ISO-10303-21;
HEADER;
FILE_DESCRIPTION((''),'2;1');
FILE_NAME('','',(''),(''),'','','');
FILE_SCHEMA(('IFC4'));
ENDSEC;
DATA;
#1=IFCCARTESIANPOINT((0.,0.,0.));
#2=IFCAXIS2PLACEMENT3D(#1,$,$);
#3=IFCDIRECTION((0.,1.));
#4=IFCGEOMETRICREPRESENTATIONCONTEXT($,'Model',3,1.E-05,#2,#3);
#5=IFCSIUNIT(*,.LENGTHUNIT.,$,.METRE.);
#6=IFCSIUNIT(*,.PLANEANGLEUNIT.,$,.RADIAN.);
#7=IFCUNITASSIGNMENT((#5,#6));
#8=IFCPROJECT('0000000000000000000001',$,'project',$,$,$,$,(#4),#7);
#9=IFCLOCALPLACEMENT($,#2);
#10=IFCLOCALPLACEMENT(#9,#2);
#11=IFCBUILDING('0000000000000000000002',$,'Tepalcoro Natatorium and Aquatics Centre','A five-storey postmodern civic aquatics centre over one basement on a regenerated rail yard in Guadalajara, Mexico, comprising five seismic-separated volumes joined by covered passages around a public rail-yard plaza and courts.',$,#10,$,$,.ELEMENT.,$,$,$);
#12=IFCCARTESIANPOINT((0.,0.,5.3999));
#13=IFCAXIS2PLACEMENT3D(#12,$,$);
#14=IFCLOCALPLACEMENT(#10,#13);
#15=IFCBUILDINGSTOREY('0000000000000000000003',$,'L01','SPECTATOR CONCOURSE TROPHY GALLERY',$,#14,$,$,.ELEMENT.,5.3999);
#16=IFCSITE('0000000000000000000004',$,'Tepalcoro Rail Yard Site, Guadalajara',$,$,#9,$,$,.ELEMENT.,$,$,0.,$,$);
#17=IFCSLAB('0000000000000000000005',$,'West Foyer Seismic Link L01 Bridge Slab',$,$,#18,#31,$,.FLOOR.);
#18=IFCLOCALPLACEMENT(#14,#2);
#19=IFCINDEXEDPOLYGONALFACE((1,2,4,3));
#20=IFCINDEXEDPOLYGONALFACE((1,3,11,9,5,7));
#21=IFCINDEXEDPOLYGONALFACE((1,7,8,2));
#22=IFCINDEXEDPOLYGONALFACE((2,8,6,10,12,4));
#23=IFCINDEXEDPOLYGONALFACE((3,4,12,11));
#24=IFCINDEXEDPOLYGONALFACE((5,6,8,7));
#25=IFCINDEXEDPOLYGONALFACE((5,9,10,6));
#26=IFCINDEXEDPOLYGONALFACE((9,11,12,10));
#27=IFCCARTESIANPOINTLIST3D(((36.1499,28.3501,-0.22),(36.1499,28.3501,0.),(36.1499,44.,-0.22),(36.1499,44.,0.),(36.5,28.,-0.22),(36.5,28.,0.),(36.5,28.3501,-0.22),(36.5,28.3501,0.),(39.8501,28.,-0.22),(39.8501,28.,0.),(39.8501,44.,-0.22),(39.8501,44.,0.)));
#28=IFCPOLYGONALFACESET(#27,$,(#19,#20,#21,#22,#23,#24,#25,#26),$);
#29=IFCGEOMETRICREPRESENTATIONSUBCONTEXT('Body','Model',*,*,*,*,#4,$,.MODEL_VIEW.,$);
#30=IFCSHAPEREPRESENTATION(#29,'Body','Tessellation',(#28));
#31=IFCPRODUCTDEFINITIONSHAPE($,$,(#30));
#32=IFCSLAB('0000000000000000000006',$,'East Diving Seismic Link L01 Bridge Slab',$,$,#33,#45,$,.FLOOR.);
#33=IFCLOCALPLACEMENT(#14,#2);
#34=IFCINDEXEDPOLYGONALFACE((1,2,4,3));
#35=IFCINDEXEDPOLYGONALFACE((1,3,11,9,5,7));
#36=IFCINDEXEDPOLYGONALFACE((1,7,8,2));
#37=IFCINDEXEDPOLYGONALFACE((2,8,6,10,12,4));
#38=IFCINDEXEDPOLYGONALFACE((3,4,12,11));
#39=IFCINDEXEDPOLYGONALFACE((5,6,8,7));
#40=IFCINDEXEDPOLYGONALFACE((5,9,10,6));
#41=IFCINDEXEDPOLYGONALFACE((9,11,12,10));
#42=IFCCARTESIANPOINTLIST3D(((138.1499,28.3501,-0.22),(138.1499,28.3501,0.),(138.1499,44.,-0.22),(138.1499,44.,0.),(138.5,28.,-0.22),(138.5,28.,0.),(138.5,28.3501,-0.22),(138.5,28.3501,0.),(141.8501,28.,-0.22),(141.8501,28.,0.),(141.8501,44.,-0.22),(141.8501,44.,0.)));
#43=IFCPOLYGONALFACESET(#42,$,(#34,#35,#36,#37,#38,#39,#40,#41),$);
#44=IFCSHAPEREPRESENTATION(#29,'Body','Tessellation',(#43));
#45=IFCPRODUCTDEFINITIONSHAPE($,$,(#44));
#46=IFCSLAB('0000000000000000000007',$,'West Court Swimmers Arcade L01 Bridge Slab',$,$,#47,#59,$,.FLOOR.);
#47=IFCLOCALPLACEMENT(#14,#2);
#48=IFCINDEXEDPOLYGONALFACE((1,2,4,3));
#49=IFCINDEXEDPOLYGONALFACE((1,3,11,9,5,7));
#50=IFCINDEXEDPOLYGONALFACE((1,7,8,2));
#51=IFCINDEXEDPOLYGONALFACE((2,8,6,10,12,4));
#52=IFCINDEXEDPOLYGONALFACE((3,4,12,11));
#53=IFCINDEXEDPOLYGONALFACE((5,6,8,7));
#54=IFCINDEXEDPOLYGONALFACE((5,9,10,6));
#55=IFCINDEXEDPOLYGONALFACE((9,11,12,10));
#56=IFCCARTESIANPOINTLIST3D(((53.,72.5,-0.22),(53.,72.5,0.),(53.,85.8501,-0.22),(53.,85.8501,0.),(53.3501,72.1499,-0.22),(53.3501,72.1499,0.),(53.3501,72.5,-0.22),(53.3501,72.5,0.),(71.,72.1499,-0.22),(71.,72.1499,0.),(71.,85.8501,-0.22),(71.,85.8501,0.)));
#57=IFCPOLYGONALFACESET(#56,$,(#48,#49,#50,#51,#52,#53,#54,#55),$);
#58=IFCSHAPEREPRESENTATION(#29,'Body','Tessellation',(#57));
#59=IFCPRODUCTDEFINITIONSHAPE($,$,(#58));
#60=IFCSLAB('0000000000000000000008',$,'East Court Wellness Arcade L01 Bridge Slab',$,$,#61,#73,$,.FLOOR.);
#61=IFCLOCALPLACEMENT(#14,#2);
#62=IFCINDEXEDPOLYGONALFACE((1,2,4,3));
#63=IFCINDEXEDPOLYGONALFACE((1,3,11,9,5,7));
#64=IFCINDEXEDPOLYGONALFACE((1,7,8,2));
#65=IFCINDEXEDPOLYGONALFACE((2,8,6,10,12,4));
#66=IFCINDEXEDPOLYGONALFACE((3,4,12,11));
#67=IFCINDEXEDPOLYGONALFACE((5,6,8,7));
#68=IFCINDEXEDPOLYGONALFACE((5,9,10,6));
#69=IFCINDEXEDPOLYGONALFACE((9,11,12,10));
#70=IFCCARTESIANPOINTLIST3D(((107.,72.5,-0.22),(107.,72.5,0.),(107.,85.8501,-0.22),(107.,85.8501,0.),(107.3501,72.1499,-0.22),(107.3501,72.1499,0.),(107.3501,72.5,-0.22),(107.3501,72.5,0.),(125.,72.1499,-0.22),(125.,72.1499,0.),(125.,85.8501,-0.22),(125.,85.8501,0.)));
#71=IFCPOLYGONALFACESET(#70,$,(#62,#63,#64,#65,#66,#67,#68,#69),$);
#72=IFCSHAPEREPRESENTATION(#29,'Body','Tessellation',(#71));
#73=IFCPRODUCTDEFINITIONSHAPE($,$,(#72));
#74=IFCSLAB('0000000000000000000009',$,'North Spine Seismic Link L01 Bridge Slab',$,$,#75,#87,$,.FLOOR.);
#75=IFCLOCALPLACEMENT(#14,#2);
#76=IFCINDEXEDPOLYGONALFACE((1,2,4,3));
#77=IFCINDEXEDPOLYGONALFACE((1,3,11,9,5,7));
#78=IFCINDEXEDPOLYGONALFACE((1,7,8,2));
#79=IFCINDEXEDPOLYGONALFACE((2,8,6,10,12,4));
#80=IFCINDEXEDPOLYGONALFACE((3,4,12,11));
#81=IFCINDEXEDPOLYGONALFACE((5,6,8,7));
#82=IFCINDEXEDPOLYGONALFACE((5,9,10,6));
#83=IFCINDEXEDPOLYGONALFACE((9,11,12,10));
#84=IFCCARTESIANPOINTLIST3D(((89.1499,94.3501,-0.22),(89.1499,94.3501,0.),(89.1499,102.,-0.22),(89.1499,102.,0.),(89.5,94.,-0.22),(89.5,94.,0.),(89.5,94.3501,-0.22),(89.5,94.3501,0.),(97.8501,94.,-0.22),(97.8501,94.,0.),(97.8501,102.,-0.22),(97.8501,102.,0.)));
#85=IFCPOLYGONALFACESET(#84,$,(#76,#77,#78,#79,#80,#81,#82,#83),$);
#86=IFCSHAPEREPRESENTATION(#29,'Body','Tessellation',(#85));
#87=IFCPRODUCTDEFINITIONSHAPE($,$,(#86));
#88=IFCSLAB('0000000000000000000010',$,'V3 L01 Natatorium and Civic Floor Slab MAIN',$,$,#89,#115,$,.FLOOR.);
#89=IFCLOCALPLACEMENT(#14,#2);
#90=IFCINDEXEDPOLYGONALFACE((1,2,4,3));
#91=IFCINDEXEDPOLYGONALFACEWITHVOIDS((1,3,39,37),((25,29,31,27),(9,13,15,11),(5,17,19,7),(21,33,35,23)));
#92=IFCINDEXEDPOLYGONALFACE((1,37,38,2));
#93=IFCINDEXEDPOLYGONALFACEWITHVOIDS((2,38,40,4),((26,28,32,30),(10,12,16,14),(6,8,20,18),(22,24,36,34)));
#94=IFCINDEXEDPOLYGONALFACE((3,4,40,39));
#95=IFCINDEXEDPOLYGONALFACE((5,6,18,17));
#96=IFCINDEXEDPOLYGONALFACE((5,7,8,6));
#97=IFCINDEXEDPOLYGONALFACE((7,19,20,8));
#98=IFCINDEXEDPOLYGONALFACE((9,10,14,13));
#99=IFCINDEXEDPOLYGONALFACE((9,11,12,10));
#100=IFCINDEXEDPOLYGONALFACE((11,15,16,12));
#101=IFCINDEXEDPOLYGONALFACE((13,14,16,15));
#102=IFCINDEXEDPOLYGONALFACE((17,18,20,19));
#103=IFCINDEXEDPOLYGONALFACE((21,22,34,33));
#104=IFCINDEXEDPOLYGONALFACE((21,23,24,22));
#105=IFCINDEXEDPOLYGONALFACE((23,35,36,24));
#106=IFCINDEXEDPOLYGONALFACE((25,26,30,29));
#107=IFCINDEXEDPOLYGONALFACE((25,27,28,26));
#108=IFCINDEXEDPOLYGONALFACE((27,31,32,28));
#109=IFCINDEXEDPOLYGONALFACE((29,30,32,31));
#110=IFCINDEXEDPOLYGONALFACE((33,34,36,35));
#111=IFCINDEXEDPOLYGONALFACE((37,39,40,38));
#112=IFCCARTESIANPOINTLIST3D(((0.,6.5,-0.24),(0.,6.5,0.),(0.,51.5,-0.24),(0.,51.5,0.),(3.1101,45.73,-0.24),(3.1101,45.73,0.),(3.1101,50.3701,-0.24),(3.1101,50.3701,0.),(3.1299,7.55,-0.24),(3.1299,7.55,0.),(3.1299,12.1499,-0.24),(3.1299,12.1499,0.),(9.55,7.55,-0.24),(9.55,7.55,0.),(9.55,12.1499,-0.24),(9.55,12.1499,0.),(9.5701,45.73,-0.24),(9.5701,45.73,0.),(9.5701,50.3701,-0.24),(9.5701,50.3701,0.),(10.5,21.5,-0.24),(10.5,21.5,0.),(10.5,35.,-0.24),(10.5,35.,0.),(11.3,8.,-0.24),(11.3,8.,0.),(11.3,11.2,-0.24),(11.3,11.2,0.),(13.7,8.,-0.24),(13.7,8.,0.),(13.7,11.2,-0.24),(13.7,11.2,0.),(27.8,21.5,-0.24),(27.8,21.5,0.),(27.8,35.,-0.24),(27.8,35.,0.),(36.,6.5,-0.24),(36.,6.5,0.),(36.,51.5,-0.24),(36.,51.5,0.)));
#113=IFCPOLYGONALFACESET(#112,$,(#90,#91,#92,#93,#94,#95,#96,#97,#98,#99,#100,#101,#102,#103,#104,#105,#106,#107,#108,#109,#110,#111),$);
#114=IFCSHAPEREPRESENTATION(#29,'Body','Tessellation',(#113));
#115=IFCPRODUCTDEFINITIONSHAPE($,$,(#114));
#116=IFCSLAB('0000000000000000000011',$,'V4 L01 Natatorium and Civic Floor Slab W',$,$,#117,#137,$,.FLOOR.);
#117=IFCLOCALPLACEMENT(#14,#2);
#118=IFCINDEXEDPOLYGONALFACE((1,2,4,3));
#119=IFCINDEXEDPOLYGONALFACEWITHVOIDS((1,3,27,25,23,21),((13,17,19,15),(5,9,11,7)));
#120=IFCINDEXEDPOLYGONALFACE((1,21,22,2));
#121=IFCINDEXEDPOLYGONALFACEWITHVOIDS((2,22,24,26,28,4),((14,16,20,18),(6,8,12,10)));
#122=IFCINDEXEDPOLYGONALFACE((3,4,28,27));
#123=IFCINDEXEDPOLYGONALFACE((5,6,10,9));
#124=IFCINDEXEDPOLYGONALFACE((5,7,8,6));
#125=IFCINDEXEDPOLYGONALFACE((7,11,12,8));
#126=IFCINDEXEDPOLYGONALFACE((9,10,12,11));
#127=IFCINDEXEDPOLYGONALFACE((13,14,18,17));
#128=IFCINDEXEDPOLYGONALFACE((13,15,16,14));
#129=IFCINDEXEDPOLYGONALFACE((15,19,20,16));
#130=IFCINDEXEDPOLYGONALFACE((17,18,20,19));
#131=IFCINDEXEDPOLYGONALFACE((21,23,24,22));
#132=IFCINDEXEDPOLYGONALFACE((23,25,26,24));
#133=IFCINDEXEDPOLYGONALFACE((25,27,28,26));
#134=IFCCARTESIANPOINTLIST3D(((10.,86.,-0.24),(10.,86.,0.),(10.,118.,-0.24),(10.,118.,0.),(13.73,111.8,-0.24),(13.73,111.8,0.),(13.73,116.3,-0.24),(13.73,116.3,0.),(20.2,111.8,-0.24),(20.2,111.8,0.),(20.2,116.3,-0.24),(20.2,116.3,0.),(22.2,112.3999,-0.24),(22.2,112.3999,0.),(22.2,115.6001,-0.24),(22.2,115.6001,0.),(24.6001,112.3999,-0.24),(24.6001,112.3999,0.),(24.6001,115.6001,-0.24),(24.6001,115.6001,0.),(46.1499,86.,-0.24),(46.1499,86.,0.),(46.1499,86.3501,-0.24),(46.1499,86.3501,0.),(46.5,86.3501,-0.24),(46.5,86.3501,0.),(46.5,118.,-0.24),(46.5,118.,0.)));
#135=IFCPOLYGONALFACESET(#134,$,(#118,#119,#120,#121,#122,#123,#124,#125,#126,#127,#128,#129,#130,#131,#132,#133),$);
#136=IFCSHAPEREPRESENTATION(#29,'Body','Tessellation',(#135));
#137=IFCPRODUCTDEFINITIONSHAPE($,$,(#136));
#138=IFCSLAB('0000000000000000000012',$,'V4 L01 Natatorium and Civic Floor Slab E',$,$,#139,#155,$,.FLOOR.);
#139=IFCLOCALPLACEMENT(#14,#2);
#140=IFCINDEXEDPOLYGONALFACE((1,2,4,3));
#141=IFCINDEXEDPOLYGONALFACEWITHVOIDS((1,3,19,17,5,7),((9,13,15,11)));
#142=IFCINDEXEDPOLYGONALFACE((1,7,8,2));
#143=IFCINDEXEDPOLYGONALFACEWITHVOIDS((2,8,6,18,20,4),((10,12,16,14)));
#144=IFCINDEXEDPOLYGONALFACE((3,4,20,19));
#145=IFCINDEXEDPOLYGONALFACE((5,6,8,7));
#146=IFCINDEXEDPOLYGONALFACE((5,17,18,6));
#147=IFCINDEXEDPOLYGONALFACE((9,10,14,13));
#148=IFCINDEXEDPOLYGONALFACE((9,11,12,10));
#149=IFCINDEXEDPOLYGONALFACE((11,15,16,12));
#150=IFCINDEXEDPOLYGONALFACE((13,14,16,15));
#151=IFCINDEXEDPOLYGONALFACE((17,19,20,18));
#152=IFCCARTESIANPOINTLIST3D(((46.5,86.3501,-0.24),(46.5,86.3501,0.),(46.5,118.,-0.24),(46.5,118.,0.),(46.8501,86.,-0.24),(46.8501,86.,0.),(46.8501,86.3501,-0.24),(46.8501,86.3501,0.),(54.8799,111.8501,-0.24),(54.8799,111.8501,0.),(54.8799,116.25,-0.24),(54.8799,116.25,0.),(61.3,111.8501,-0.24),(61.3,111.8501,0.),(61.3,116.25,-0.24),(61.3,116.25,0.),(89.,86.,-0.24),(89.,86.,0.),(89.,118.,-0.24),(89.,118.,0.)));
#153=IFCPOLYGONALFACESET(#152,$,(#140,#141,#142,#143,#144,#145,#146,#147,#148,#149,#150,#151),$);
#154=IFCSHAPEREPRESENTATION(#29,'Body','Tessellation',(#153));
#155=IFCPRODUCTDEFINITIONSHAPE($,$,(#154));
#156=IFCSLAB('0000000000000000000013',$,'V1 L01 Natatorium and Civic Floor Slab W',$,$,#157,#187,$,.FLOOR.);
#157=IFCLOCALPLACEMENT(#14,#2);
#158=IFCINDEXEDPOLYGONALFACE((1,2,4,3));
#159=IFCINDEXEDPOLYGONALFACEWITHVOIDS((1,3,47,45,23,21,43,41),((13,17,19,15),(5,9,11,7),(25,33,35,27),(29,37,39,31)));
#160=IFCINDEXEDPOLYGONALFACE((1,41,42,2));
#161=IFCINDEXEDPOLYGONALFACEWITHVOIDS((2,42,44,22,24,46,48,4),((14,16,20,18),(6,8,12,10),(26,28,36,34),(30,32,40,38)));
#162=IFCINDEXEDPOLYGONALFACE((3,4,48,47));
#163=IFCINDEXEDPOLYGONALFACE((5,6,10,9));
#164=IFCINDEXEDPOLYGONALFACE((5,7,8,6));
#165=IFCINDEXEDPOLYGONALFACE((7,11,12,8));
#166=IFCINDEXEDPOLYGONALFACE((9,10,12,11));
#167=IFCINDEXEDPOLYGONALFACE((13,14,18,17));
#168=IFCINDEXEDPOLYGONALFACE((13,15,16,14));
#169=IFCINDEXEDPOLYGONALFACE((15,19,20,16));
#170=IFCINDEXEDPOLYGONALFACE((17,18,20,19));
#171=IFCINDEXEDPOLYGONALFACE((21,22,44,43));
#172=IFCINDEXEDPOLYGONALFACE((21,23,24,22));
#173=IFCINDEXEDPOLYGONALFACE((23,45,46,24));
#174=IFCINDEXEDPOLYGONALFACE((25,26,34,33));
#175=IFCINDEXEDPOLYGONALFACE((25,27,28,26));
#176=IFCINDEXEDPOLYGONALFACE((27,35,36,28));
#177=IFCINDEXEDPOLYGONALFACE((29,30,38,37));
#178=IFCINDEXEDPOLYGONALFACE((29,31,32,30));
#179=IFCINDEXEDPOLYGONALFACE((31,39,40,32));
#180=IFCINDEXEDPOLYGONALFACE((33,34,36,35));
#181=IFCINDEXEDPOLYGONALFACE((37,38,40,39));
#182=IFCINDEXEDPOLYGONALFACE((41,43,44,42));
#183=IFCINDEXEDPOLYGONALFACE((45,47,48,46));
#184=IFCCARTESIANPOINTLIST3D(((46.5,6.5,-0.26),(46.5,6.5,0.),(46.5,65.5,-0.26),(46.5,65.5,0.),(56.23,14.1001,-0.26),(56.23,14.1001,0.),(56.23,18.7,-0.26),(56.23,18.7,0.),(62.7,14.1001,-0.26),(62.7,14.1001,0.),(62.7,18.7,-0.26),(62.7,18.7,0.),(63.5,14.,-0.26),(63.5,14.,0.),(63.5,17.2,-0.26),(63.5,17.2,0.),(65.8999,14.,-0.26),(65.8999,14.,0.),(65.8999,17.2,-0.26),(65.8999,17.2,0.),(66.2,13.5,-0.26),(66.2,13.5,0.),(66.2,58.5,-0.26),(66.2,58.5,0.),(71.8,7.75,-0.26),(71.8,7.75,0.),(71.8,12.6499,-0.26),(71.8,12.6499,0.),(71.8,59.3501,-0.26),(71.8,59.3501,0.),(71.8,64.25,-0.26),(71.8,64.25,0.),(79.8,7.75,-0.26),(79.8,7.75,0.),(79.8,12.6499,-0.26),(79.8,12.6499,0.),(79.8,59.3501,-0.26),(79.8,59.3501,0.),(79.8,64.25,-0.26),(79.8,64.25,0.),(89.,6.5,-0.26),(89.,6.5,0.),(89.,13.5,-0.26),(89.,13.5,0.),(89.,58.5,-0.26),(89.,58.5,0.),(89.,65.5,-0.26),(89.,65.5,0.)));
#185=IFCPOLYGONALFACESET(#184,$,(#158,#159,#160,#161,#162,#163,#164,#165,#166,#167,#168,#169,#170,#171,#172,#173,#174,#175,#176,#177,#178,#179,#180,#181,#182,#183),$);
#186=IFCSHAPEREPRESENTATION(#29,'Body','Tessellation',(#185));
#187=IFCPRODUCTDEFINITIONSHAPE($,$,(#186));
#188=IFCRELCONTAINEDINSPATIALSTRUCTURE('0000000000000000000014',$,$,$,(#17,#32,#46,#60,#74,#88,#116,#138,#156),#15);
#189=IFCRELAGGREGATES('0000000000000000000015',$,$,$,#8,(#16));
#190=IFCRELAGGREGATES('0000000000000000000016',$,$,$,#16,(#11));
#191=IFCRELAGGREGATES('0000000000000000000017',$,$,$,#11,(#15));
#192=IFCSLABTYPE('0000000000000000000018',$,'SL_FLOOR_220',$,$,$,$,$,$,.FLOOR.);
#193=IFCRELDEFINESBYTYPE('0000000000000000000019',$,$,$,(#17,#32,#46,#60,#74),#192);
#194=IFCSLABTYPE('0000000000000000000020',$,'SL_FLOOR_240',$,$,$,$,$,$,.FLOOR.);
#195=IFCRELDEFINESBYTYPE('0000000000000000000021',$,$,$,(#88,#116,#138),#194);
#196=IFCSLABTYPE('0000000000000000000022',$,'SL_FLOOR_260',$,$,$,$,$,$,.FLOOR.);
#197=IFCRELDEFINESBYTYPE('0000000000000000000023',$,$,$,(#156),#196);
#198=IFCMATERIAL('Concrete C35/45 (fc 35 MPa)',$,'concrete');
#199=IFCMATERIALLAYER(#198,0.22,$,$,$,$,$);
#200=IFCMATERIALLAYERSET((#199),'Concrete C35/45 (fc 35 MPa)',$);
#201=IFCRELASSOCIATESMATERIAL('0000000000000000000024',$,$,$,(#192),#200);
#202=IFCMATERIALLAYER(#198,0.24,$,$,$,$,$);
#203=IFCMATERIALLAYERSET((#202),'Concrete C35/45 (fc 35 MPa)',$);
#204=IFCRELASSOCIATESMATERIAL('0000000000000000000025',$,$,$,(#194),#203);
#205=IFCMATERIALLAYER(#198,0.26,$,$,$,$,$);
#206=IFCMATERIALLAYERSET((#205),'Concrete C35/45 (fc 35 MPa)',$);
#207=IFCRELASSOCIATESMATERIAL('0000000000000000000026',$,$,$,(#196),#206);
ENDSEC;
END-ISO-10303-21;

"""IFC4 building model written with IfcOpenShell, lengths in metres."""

from ifc_helpers import new_model, si_unit, direction, frame, origin, place, context, subcontext, project, spatial, polyline, outline, extrude, material, layer, layer_set, type_object, element, save


model = new_model("IFC4")

# Units and contexts
model_context = context("Model", 3, precision=1e-05, world=origin(), true_north=direction((0.0, 1.0)))
body_context = subcontext(model_context, "Body", "Model", "MODEL_VIEW")
ifc_project = project(units=[si_unit("LENGTHUNIT", "METRE"), si_unit("PLANEANGLEUNIT", "RADIAN")], contexts=[model_context])

# Site, building, storey
site_placement = place(None, origin())
site = spatial("IfcSite", under=ifc_project, at=site_placement, Name="Tepalcoro Rail Yard Site, Guadalajara", CompositionType="ELEMENT", RefElevation=0.0)
building_placement = place(site_placement, origin())
building = spatial("IfcBuilding", under=site, at=building_placement, Name="Tepalcoro Natatorium and Aquatics Centre", Description="A five-storey postmodern civic aquatics centre over one basement on a regenerated rail yard in Guadalajara, Mexico, comprising five seismic-separated volumes joined by covered passages around a public rail-yard plaza and courts.", CompositionType="ELEMENT")
storey_placement = place(building_placement, frame((0.0, 0.0, 5.3999)))
storey = spatial("IfcBuildingStorey", under=building, at=storey_placement, Name="L01", Description="SPECTATOR CONCOURSE TROPHY GALLERY", CompositionType="ELEMENT", Elevation=5.3999)

# Slabs
ifc_material_1 = material(Name="Concrete C35/45 (fc 35 MPa)", Category="concrete")
ifc_layer_1 = layer(ifc_material_1, 0.22)
ifc_layer_set_1 = layer_set([ifc_layer_1], Name="Concrete C35/45 (fc 35 MPa)")
slab_type_1 = type_object("IfcSlabType", Name="SL_FLOOR_220", PredefinedType="FLOOR", material=ifc_layer_set_1)
slab_1_placement = place(storey_placement, frame((0.0, 0.0, -0.22)))
element("IfcSlab", 1, at=slab_1_placement, inside=storey, type_object=slab_type_1, Name="West Foyer Seismic Link L01 Bridge Slab", PredefinedType="FLOOR", context=body_context, shape_type="SweptSolid", body=[
    extrude(outline(polyline([(36.1499, 44.0), (39.8501, 44.0), (39.8501, 28.0), (36.5, 28.0), (36.5, 28.3501), (36.1499, 28.3501), (36.1499, 44.0)])), origin(), (0.0, 0.0, 1.0), 0.22),
])
slab_2_placement = place(storey_placement, frame((0.0, 0.0, -0.22)))
element("IfcSlab", 2, at=slab_2_placement, inside=storey, type_object=slab_type_1, Name="East Diving Seismic Link L01 Bridge Slab", PredefinedType="FLOOR", context=body_context, shape_type="SweptSolid", body=[
    extrude(outline(polyline([(138.1499, 44.0), (141.8501, 44.0), (141.8501, 28.0), (138.5, 28.0), (138.5, 28.3501), (138.1499, 28.3501), (138.1499, 44.0)])), origin(), (0.0, 0.0, 1.0), 0.22),
])
slab_3_placement = place(storey_placement, frame((0.0, 0.0, -0.22)))
element("IfcSlab", 3, at=slab_3_placement, inside=storey, type_object=slab_type_1, Name="West Court Swimmers Arcade L01 Bridge Slab", PredefinedType="FLOOR", context=body_context, shape_type="SweptSolid", body=[
    extrude(outline(polyline([(53.0, 85.8501), (71.0, 85.8501), (71.0, 72.1499), (53.3501, 72.1499), (53.3501, 72.5), (53.0, 72.5), (53.0, 85.8501)])), origin(), (0.0, 0.0, 1.0), 0.22),
])
slab_4_placement = place(storey_placement, frame((0.0, 0.0, -0.22)))
element("IfcSlab", 4, at=slab_4_placement, inside=storey, type_object=slab_type_1, Name="East Court Wellness Arcade L01 Bridge Slab", PredefinedType="FLOOR", context=body_context, shape_type="SweptSolid", body=[
    extrude(outline(polyline([(107.0, 85.8501), (125.0, 85.8501), (125.0, 72.1499), (107.3501, 72.1499), (107.3501, 72.5), (107.0, 72.5), (107.0, 85.8501)])), origin(), (0.0, 0.0, 1.0), 0.22),
])
slab_5_placement = place(storey_placement, frame((0.0, 0.0, -0.22)))
element("IfcSlab", 5, at=slab_5_placement, inside=storey, type_object=slab_type_1, Name="North Spine Seismic Link L01 Bridge Slab", PredefinedType="FLOOR", context=body_context, shape_type="SweptSolid", body=[
    extrude(outline(polyline([(89.1499, 102.0), (97.8501, 102.0), (97.8501, 94.0), (89.5, 94.0), (89.5, 94.3501), (89.1499, 94.3501), (89.1499, 102.0)])), origin(), (0.0, 0.0, 1.0), 0.22),
])
ifc_layer_2 = layer(ifc_material_1, 0.24)
ifc_layer_set_2 = layer_set([ifc_layer_2], Name="Concrete C35/45 (fc 35 MPa)")
slab_type_2 = type_object("IfcSlabType", Name="SL_FLOOR_240", PredefinedType="FLOOR", material=ifc_layer_set_2)
slab_6_placement = place(storey_placement, frame((0.0, 0.0, -0.24)))
element("IfcSlab", 6, at=slab_6_placement, inside=storey, type_object=slab_type_2, Name="V3 L01 Natatorium and Civic Floor Slab MAIN", PredefinedType="FLOOR", context=body_context, shape_type="SweptSolid", body=[
    extrude(outline(polyline([(36.0, 6.5), (0.0, 6.5), (0.0, 51.5), (36.0, 51.5), (36.0, 6.5)]), holes=[polyline([(10.5, 21.5), (27.8, 21.5), (27.8, 35.0), (10.5, 35.0), (10.5, 21.5)]), polyline([(3.1299, 12.1499), (3.1299, 7.55), (9.55, 7.55), (9.55, 12.1499), (3.1299, 12.1499)]), polyline([(9.5701, 50.3701), (3.1101, 50.3701), (3.1101, 45.73), (9.5701, 45.73), (9.5701, 50.3701)]), polyline([(13.7, 8.0), (13.7, 11.2), (11.3, 11.2), (11.3, 8.0), (13.7, 8.0)])]), origin(), (0.0, 0.0, 1.0), 0.24),
])
slab_7_placement = place(storey_placement, frame((0.0, 0.0, -0.24)))
element("IfcSlab", 7, at=slab_7_placement, inside=storey, type_object=slab_type_2, Name="V4 L01 Natatorium and Civic Floor Slab W", PredefinedType="FLOOR", context=body_context, shape_type="SweptSolid", body=[
    extrude(outline(polyline([(46.1499, 86.3501), (46.1499, 86.0), (10.0, 86.0), (10.0, 118.0), (46.5, 118.0), (46.5, 86.3501), (46.1499, 86.3501)]), holes=[polyline([(20.2, 111.8), (20.2, 116.3), (13.73, 116.3), (13.73, 111.8), (20.2, 111.8)]), polyline([(22.2, 115.6001), (22.2, 112.3999), (24.6001, 112.3999), (24.6001, 115.6001), (22.2, 115.6001)])]), origin(), (0.0, 0.0, 1.0), 0.24),
])
slab_8_placement = place(storey_placement, frame((0.0, 0.0, -0.24)))
element("IfcSlab", 8, at=slab_8_placement, inside=storey, type_object=slab_type_2, Name="V4 L01 Natatorium and Civic Floor Slab E", PredefinedType="FLOOR", context=body_context, shape_type="SweptSolid", body=[
    extrude(outline(polyline([(46.8501, 86.0), (46.8501, 86.3501), (46.5, 86.3501), (46.5, 118.0), (89.0, 118.0), (89.0, 86.0), (46.8501, 86.0)]), holes=[polyline([(54.8799, 111.8501), (61.3, 111.8501), (61.3, 116.25), (54.8799, 116.25), (54.8799, 111.8501)])]), origin(), (0.0, 0.0, 1.0), 0.24),
])
ifc_layer_3 = layer(ifc_material_1, 0.26)
ifc_layer_set_3 = layer_set([ifc_layer_3], Name="Concrete C35/45 (fc 35 MPa)")
slab_type_3 = type_object("IfcSlabType", Name="SL_FLOOR_260", PredefinedType="FLOOR", material=ifc_layer_set_3)
slab_9_placement = place(storey_placement, frame((0.0, 0.0, -0.26)))
element("IfcSlab", 9, at=slab_9_placement, inside=storey, type_object=slab_type_3, Name="V1 L01 Natatorium and Civic Floor Slab W", PredefinedType="FLOOR", context=body_context, shape_type="SweptSolid", body=[
    extrude(outline(polyline([(46.5, 6.5), (46.5, 65.5), (89.0, 65.5), (89.0, 58.5), (66.2, 58.5), (66.2, 13.5), (89.0, 13.5), (89.0, 6.5), (46.5, 6.5)]), holes=[polyline([(71.8, 7.75), (79.8, 7.75), (79.8, 12.6499), (71.8, 12.6499), (71.8, 7.75)]), polyline([(79.8, 64.25), (71.8, 64.25), (71.8, 59.3501), (79.8, 59.3501), (79.8, 64.25)]), polyline([(56.23, 14.1001), (62.7, 14.1001), (62.7, 18.7), (56.23, 18.7), (56.23, 14.1001)]), polyline([(65.8999, 17.2), (63.5, 17.2), (63.5, 14.0), (65.8999, 14.0), (65.8999, 17.2)])]), origin(), (0.0, 0.0, 1.0), 0.26),
])

save(model, "model.ifc")
